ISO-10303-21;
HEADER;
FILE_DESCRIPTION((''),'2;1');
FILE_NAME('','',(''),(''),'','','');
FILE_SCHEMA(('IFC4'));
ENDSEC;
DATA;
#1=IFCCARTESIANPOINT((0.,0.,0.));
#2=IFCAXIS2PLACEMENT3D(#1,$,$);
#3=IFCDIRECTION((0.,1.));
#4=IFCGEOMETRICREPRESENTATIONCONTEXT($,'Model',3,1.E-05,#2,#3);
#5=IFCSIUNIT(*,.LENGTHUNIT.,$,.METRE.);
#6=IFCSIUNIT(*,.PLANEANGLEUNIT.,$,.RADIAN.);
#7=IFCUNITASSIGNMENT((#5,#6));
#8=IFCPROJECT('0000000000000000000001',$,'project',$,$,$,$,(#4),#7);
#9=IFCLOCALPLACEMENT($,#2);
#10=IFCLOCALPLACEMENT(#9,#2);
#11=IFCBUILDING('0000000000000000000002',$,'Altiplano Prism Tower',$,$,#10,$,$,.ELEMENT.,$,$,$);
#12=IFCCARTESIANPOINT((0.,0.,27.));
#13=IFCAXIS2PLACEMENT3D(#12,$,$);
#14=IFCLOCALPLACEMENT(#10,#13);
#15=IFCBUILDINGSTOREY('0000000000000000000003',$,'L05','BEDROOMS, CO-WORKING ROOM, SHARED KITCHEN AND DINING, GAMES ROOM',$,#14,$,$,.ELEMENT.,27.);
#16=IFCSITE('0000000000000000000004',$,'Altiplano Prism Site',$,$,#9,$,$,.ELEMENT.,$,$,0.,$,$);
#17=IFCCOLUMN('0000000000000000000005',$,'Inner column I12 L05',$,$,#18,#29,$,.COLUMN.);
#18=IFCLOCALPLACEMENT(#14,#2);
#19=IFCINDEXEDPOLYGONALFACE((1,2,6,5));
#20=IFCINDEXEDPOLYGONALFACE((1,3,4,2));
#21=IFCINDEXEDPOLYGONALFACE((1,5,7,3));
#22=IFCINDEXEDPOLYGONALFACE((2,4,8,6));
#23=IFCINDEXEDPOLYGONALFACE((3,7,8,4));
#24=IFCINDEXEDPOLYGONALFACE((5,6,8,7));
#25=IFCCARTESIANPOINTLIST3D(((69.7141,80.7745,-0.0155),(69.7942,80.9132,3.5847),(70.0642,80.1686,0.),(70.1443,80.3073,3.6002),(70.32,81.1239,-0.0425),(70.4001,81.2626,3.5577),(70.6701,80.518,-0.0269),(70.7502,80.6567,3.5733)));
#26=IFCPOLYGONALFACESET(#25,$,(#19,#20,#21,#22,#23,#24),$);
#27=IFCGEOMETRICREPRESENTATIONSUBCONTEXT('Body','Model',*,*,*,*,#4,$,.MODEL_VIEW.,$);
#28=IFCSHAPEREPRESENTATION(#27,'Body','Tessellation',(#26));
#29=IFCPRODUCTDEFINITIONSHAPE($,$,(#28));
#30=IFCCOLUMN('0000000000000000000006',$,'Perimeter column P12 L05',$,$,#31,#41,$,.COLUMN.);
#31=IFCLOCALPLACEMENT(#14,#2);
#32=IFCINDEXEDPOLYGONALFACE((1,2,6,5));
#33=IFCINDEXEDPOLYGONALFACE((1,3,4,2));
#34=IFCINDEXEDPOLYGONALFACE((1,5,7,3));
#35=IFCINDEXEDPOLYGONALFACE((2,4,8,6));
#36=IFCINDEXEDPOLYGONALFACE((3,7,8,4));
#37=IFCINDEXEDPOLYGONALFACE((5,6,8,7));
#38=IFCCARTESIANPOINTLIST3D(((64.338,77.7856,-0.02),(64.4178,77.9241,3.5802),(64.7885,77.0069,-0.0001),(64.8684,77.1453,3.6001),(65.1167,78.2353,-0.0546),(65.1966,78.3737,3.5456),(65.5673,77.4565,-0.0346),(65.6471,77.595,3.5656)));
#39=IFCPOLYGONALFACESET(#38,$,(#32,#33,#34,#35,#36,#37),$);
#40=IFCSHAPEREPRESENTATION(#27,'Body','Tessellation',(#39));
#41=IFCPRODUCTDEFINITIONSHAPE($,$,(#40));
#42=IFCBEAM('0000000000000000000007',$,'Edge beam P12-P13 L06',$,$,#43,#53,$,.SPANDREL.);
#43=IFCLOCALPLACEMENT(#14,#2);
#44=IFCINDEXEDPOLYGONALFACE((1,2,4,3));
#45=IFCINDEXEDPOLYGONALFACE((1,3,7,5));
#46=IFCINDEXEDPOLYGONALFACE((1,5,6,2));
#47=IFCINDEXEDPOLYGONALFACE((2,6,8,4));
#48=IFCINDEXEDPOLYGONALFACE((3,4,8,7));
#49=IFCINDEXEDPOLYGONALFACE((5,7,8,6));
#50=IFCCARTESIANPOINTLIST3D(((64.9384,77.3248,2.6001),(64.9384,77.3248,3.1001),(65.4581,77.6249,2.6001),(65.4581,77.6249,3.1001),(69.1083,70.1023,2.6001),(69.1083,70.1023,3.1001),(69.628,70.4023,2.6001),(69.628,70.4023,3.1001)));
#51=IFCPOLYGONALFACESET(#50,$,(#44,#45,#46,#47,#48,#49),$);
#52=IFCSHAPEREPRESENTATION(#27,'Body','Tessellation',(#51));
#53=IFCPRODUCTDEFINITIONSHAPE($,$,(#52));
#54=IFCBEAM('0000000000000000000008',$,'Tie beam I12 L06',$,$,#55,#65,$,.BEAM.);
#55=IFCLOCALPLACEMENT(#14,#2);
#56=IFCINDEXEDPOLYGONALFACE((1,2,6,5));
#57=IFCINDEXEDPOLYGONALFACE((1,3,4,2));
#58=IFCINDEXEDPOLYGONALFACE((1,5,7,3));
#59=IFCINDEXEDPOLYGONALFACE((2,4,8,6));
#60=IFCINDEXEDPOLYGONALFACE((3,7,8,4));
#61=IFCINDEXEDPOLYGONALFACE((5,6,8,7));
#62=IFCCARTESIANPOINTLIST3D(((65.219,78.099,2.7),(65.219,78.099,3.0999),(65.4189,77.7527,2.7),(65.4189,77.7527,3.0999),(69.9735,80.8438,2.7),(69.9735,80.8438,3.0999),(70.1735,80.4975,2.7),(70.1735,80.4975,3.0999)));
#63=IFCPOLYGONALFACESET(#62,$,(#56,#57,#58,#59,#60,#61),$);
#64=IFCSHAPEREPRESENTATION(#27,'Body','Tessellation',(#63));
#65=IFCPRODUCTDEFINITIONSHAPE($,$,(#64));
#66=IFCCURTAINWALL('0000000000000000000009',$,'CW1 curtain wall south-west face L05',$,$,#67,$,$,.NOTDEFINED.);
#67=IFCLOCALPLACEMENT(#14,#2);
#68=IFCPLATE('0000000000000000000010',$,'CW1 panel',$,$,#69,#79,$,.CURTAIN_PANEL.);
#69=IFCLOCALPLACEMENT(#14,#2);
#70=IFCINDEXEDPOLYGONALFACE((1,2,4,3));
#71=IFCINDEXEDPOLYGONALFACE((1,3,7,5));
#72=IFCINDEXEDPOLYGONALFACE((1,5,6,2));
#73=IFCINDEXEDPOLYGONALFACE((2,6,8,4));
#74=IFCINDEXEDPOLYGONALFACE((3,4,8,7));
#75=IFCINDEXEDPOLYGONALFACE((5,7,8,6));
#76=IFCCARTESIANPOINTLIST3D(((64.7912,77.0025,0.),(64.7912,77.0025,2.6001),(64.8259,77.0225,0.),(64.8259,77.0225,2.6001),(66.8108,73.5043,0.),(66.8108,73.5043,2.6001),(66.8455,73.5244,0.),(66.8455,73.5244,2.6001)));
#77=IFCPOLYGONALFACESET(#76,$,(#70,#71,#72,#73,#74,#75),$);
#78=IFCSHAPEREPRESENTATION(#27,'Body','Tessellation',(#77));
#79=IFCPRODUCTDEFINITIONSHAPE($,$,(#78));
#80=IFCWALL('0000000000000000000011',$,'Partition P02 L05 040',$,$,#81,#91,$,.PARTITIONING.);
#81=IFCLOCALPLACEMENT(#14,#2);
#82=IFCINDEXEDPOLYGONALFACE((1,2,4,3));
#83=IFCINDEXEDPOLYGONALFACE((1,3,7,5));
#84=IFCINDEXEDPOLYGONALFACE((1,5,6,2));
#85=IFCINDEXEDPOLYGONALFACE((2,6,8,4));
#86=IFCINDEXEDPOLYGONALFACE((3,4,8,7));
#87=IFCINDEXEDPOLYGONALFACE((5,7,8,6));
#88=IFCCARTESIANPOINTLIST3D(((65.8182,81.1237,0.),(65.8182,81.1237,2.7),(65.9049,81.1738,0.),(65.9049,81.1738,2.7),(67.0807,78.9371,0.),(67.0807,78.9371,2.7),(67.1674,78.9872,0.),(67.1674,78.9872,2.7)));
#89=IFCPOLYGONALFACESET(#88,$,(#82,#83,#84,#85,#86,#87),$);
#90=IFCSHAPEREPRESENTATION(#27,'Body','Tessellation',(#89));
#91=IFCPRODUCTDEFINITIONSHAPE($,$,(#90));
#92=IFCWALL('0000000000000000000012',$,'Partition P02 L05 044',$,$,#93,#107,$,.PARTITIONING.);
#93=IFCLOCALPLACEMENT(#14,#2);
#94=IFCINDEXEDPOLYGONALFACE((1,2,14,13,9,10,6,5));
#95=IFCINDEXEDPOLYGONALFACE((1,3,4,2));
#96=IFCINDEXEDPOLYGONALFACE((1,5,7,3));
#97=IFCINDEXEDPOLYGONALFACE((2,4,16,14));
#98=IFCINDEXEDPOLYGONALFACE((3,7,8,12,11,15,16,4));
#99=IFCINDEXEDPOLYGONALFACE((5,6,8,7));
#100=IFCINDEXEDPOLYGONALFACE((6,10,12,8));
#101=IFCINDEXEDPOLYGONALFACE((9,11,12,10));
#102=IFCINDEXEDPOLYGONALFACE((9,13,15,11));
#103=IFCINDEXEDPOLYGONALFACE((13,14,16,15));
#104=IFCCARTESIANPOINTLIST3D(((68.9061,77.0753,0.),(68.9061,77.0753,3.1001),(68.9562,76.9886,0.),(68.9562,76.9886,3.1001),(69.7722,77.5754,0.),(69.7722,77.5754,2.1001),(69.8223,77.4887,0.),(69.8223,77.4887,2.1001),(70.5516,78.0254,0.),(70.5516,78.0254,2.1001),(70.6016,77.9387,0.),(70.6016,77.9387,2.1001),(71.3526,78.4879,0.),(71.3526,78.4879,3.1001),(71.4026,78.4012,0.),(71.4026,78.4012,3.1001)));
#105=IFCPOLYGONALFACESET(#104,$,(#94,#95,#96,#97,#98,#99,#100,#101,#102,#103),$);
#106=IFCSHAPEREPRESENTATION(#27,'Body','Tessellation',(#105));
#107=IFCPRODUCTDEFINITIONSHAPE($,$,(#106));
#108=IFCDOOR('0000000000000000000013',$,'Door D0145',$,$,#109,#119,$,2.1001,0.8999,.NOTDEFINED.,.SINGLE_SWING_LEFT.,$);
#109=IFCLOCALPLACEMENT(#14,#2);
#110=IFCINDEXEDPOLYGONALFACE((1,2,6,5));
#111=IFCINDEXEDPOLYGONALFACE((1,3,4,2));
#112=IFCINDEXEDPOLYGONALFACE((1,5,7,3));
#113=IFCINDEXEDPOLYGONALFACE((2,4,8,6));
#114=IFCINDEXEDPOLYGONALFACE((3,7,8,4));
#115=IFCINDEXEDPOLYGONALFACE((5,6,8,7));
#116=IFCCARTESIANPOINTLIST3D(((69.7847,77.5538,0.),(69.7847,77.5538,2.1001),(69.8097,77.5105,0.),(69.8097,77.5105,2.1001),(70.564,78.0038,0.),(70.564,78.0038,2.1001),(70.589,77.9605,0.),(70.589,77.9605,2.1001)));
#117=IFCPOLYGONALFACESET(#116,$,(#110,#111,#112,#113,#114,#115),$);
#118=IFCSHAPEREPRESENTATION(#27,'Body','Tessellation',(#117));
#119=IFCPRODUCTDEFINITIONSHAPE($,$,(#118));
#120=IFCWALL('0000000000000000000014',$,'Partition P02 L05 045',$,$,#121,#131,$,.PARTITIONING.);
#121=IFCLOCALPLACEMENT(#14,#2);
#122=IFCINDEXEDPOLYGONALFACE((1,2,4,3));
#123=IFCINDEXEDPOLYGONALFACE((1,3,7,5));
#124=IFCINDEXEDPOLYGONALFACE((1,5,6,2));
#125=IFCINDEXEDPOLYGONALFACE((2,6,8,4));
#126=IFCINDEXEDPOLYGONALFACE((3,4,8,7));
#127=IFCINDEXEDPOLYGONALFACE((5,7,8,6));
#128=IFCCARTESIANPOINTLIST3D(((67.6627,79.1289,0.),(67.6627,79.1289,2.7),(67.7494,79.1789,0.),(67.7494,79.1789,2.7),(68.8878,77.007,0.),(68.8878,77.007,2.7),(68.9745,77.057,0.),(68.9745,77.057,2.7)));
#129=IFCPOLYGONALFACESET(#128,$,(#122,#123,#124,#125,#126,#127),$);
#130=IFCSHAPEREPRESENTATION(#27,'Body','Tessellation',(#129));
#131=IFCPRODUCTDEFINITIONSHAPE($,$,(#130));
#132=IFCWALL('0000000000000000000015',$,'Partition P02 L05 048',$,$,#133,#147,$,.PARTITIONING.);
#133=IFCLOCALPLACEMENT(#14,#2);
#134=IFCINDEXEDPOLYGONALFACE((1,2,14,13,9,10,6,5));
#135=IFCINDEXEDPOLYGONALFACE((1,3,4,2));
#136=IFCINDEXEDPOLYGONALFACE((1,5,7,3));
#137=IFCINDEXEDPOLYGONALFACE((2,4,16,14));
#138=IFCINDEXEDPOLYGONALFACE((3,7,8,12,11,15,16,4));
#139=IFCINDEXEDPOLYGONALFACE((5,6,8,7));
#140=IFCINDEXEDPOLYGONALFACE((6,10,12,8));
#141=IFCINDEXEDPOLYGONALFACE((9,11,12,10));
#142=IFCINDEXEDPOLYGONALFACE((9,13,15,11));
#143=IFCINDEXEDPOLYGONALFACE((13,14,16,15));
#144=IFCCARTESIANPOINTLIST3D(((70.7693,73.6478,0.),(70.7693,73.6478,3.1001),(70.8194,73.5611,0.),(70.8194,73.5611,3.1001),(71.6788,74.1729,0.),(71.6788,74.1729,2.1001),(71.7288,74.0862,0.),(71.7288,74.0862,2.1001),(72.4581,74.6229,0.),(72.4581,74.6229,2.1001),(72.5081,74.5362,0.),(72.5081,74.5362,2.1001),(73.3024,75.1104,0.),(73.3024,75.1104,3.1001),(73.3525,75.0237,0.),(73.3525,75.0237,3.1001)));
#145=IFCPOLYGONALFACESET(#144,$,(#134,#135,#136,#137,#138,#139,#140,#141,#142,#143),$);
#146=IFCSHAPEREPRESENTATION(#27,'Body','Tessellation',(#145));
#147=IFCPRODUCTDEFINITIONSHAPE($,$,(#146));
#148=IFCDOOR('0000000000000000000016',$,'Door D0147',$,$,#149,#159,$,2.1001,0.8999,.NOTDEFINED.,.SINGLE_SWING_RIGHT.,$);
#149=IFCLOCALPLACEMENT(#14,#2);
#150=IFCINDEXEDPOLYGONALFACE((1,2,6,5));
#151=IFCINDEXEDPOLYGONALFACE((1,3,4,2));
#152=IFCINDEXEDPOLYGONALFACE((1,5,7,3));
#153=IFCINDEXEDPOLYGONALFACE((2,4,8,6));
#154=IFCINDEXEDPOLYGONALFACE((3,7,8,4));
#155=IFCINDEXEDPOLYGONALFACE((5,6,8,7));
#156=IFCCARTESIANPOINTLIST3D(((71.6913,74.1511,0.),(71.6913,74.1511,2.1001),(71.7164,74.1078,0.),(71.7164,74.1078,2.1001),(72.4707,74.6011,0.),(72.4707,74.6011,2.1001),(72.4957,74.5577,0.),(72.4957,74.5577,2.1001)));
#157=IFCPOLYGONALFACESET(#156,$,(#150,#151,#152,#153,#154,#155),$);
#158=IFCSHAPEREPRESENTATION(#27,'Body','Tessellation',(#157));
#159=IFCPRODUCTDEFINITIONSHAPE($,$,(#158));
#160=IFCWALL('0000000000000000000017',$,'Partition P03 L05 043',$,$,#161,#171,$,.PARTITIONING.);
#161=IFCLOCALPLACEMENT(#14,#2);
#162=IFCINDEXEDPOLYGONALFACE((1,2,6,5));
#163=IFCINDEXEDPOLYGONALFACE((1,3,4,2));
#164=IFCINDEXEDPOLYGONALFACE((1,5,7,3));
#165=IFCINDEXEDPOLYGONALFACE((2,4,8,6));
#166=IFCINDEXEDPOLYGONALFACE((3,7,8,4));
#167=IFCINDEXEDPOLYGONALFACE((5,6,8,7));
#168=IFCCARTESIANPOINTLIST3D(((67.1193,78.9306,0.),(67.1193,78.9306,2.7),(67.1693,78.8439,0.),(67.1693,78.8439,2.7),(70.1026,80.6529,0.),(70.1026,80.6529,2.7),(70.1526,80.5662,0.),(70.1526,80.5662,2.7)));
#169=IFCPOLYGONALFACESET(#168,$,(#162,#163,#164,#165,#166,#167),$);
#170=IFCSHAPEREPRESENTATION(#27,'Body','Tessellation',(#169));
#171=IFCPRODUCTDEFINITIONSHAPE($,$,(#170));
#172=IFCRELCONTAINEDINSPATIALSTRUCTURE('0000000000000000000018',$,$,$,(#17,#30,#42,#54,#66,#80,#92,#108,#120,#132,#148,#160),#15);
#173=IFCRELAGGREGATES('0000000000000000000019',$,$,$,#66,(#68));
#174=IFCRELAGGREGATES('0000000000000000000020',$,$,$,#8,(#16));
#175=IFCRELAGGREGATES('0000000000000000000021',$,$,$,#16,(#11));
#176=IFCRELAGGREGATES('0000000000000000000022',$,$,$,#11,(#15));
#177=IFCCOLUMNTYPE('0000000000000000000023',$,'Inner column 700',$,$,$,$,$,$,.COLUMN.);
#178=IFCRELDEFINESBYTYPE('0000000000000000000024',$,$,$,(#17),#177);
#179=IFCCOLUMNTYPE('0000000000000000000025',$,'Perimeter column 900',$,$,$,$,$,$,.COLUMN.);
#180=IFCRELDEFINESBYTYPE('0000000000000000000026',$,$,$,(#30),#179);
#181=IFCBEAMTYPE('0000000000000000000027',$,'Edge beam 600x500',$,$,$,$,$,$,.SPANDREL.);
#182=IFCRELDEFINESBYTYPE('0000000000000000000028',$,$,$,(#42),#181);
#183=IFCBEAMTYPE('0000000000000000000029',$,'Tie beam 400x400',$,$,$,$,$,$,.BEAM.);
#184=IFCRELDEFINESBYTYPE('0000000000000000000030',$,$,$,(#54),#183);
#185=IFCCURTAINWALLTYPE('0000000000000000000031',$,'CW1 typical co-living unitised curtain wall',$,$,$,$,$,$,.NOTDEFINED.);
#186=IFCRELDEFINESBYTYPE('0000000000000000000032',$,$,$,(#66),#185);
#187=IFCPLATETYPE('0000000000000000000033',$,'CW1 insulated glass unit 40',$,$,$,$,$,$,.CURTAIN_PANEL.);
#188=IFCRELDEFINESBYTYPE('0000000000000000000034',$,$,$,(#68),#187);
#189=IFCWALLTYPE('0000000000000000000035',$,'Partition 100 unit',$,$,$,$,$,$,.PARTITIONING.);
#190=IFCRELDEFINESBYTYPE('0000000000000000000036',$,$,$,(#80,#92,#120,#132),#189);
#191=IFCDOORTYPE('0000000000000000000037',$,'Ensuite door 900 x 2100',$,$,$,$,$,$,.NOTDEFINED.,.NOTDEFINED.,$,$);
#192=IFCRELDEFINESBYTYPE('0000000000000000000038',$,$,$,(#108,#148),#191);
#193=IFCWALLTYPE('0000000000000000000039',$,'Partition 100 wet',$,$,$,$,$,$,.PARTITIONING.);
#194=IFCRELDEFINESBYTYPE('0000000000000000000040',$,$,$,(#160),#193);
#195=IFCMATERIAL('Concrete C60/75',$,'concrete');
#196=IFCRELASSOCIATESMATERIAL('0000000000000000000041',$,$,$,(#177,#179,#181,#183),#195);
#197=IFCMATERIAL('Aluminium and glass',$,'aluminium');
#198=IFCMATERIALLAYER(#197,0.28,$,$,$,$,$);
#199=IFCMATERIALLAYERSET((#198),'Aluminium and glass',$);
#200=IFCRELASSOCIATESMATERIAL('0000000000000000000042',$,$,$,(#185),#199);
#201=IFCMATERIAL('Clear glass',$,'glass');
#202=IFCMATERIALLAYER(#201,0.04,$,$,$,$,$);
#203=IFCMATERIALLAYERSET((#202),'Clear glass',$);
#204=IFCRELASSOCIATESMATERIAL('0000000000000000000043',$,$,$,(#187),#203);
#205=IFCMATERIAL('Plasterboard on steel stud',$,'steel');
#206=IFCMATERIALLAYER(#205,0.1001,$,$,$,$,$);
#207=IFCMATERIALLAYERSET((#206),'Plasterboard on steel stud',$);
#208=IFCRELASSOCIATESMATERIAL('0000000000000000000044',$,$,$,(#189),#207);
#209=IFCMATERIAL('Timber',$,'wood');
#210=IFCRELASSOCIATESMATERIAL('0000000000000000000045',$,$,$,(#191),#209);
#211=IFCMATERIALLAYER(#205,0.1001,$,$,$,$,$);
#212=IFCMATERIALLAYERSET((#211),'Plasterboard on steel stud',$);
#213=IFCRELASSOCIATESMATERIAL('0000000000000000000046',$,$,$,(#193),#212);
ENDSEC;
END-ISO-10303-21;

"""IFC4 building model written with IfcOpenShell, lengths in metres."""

from ifc_helpers import new_model, si_unit, direction, frame, frame_2d, origin, origin_2d, place, context, subcontext, project, spatial, rectangle, extrude, material, layer, layer_set, material_profile, profile_set, type_object, element, fill, aggregate, save


model = new_model("IFC4")

# Units and contexts
model_context = context("Model", 3, precision=1e-05, world=origin(), true_north=direction((0.0, 1.0)))
body_context = subcontext(model_context, "Body", "Model", "MODEL_VIEW")
ifc_project = project(units=[si_unit("LENGTHUNIT", "METRE"), si_unit("PLANEANGLEUNIT", "RADIAN")], contexts=[model_context])

# Site, building, storey
site_placement = place(None, origin())
site = spatial("IfcSite", under=ifc_project, at=site_placement, Name="Altiplano Prism Site", CompositionType="ELEMENT", RefElevation=0.0)
building_placement = place(site_placement, origin())
building = spatial("IfcBuilding", under=site, at=building_placement, Name="Altiplano Prism Tower", CompositionType="ELEMENT")
storey_placement = place(building_placement, frame((0.0, 0.0, 27.0)))
storey = spatial("IfcBuildingStorey", under=building, at=storey_placement, Name="L05", Description="BEDROOMS, CO-WORKING ROOM, SHARED KITCHEN AND DINING, GAMES ROOM", CompositionType="ELEMENT", Elevation=27.0)

# Columns
ifc_material_1 = material(Name="Concrete C60/75", Category="concrete")
ifc_material_profile_1 = material_profile(ifc_material_1, rectangle(XDim=0.7, YDim=0.7, at=origin_2d()), Name="Inner column 700")
ifc_profile_set_1 = profile_set([ifc_material_profile_1], Name="Concrete C60/75")
column_type_1 = type_object("IfcColumnType", Name="Inner column 700", PredefinedType="COLUMN", material=ifc_profile_set_1)
column_1_placement = place(storey_placement, frame((70.1921, 80.6462, -0.0212), z_axis=(0.022221, 0.038481, 0.999012), x_axis=(-0.865642, -0.499182, 0.038483)))
element("IfcColumn", 1, at=column_1_placement, inside=storey, type_object=column_type_1, Name="Inner column I12 L05", PredefinedType="COLUMN", context=body_context, shape_type="SweptSolid", body=[
    extrude(rectangle(XDim=0.7, YDim=0.7, at=origin_2d()), origin(), (0.0, 0.0, 1.0), 3.6038),
])
ifc_material_profile_2 = material_profile(ifc_material_1, rectangle(XDim=0.8999, YDim=0.8999, at=origin_2d()), Name="Perimeter column 900")
ifc_profile_set_2 = profile_set([ifc_material_profile_2], Name="Concrete C60/75")
column_type_2 = type_object("IfcColumnType", Name="Perimeter column 900", PredefinedType="COLUMN", material=ifc_profile_set_2)
column_2_placement = place(storey_placement, frame((64.9526, 77.6211, -0.0273), z_axis=(0.022154, 0.038413, 0.999016), x_axis=(-0.865365, -0.499669, 0.038403)))
element("IfcColumn", 2, at=column_2_placement, inside=storey, type_object=column_type_2, Name="Perimeter column P12 L05", PredefinedType="COLUMN", context=body_context, shape_type="SweptSolid", body=[
    extrude(rectangle(XDim=0.8999, YDim=0.8999, at=origin_2d()), origin(), (0.0, 0.0, 1.0), 3.6038),
])

# Beams
ifc_material_profile_3 = material_profile(ifc_material_1, rectangle(XDim=0.6001, YDim=0.5, at=origin_2d()), Name="Edge beam 600x500")
ifc_profile_set_3 = profile_set([ifc_material_profile_3], Name="Concrete C60/75")
beam_type_1 = type_object("IfcBeamType", Name="Edge beam 600x500", PredefinedType="SPANDREL", material=ifc_profile_set_3)
beam_1_placement = place(storey_placement, frame((65.1982, 77.4749, 2.8501), z_axis=(0.499993, -0.86603, 0.0), x_axis=(0.86603, 0.499993, 0.0)))
element("IfcBeam", 3, at=beam_1_placement, inside=storey, type_object=beam_type_1, Name="Edge beam P12-P13 L06", PredefinedType="SPANDREL", context=body_context, shape_type="SweptSolid", body=[
    extrude(rectangle(XDim=0.6001, YDim=0.5, at=origin_2d()), origin(), (0.0, 0.0, 1.0), 8.3398),
])
ifc_material_profile_4 = material_profile(ifc_material_1, rectangle(XDim=0.3999, YDim=0.3999, at=origin_2d()), Name="Tie beam 400x400")
ifc_profile_set_4 = profile_set([ifc_material_profile_4], Name="Concrete C60/75")
beam_type_2 = type_object("IfcBeamType", Name="Tie beam 400x400", PredefinedType="BEAM", material=ifc_profile_set_4)
beam_2_placement = place(storey_placement, frame((70.0735, 80.6707, 2.8999), z_axis=(-0.866043, -0.49997, 0.0), x_axis=(0.49997, -0.866043, 0.0)))
element("IfcBeam", 4, at=beam_2_placement, inside=storey, type_object=beam_type_2, Name="Tie beam I12 L06", PredefinedType="BEAM", context=body_context, shape_type="SweptSolid", body=[
    extrude(rectangle(XDim=0.3999, YDim=0.3999, at=origin_2d()), origin(), (0.0, 0.0, 1.0), 5.49),
])

# Curtain wall, plate
ifc_material_2 = material(Name="Aluminium and glass", Category="aluminium")
ifc_layer_1 = layer(ifc_material_2, 0.28)
ifc_layer_set_1 = layer_set([ifc_layer_1], Name="Aluminium and glass")
curtain_wall_type = type_object("IfcCurtainWallType", Name="CW1 typical co-living unitised curtain wall", PredefinedType="NOTDEFINED", material=ifc_layer_set_1)
curtain_wall_placement = place(storey_placement, origin())
curtain_wall = element("IfcCurtainWall", 5, at=curtain_wall_placement, inside=storey, type_object=curtain_wall_type, Name="CW1 curtain wall south-west face L05", PredefinedType="NOTDEFINED")
ifc_material_3 = material(Name="Clear glass", Category="glass")
ifc_layer_2 = layer(ifc_material_3, 0.04)
ifc_layer_set_2 = layer_set([ifc_layer_2], Name="Clear glass")
plate_type = type_object("IfcPlateType", Name="CW1 insulated glass unit 40", PredefinedType="CURTAIN_PANEL", material=ifc_layer_set_2)
plate_placement = place(storey_placement, frame((65.8184, 75.2634, 0.0), z_axis=(0.0, 0.0, 1.0), x_axis=(0.5, -0.866025, 0.0)))
plate = element("IfcPlate", 6, at=plate_placement, type_object=plate_type, Name="CW1 panel", PredefinedType="CURTAIN_PANEL", context=body_context, shape_type="SweptSolid", body=[
    extrude(rectangle(XDim=4.0393, YDim=0.04, at=origin_2d()), origin(), (0.0, 0.0, 1.0), 2.6001),
])
aggregate(curtain_wall, [plate])

# Wall
ifc_material_4 = material(Name="Plasterboard on steel stud", Category="steel")
ifc_layer_3 = layer(ifc_material_4, 0.1001)
ifc_layer_set_3 = layer_set([ifc_layer_3], Name="Plasterboard on steel stud")
wall_type_1 = type_object("IfcWallType", Name="Partition 100 unit", PredefinedType="PARTITIONING", material=ifc_layer_set_3)
wall_1_placement = place(storey_placement, frame((67.124, 78.9622, 0.0), z_axis=(0.0, 0.0, 1.0), x_axis=(-0.500018, 0.866015, 0.0)))
element("IfcWall", 7, at=wall_1_placement, inside=storey, type_object=wall_type_1, Name="Partition P02 L05 040", PredefinedType="PARTITIONING", context=body_context, shape_type="SweptSolid", body=[
    extrude(rectangle(XDim=2.5249, YDim=0.1001, at=frame_2d((1.2625, 0.0))), origin(), (0.0, 0.0, 1.0), 2.7),
])

# Wall, opening, door
wall_2_placement = place(storey_placement, frame((71.3777, 78.4446, 0.0), z_axis=(0.0, 0.0, 1.0), x_axis=(-0.866011, -0.500024, 0.0)))
wall_2 = element("IfcWall", 8, at=wall_2_placement, inside=storey, type_object=wall_type_1, Name="Partition P02 L05 044", PredefinedType="PARTITIONING", context=body_context, shape_type="SweptSolid", body=[
    extrude(rectangle(XDim=2.825, YDim=0.1001, at=frame_2d((1.4126, 0.0))), origin(), (0.0, 0.0, 1.0), 3.1001),
])
opening_1_placement = place(wall_2_placement, frame((0.925, 0.0, 0.0)))
opening_1 = element("IfcOpeningElement", 9, at=opening_1_placement, cuts=wall_2, PredefinedType="OPENING", context=body_context, shape_type="SweptSolid", body=[
    extrude(rectangle(XDim=0.8999, YDim=2.1001, at=frame_2d((0.45, 1.05))), frame((0.0, 0.0605, 0.0), z_axis=(0.0, -1.0, 0.0), x_axis=(1.0, 0.0, 0.0)), (0.0, 0.0, 1.0), 0.1211),
])
ifc_material_5 = material(Name="Timber", Category="wood")
door_type = type_object("IfcDoorType", Name="Ensuite door 900 x 2100", OperationType="NOTDEFINED", PredefinedType="NOTDEFINED", material=ifc_material_5)
door_1_placement = place(opening_1_placement, origin())
door_1 = element("IfcDoor", 10, at=door_1_placement, inside=storey, type_object=door_type, Name="Door D0145", OperationType="SINGLE_SWING_LEFT", OverallHeight=2.1001, OverallWidth=0.8999, PredefinedType="NOTDEFINED", context=body_context, shape_type="SweptSolid", body=[
    extrude(rectangle(XDim=0.8999, YDim=2.1001, at=frame_2d((0.45, 1.05))), frame((0.0, 0.0249, 0.0), z_axis=(0.0, -1.0, 0.0), x_axis=(1.0, 0.0, 0.0)), (0.0, 0.0, 1.0), 0.05),
])
fill(opening_1, door_1)

# Wall
wall_3_placement = place(storey_placement, frame((68.9312, 77.032, 0.0), z_axis=(0.0, 0.0, 1.0), x_axis=(-0.500019, 0.866015, 0.0)))
element("IfcWall", 11, at=wall_3_placement, inside=storey, type_object=wall_type_1, Name="Partition P02 L05 045", PredefinedType="PARTITIONING", context=body_context, shape_type="SweptSolid", body=[
    extrude(rectangle(XDim=2.4502, YDim=0.1001, at=frame_2d((1.2251, 0.0))), origin(), (0.0, 0.0, 1.0), 2.7),
])

# Wall, opening, door
wall_4_placement = place(storey_placement, frame((70.7944, 73.6045, 0.0), z_axis=(0.0, 0.0, 1.0), x_axis=(0.86601, 0.500026, 0.0)))
wall_4 = element("IfcWall", 12, at=wall_4_placement, inside=storey, type_object=wall_type_1, Name="Partition P02 L05 048", PredefinedType="PARTITIONING", context=body_context, shape_type="SweptSolid", body=[
    extrude(rectangle(XDim=2.925, YDim=0.1001, at=frame_2d((1.4624, 0.0))), origin(), (0.0, 0.0, 1.0), 3.1001),
])
opening_2_placement = place(wall_4_placement, frame((1.05, 0.0, 0.0)))
opening_2 = element("IfcOpeningElement", 13, at=opening_2_placement, cuts=wall_4, PredefinedType="OPENING", context=body_context, shape_type="SweptSolid", body=[
    extrude(rectangle(XDim=0.8999, YDim=2.1001, at=frame_2d((0.45, 1.05))), frame((0.0, 0.0605, 0.0), z_axis=(0.0, -1.0, 0.0), x_axis=(1.0, 0.0, 0.0)), (0.0, 0.0, 1.0), 0.1211),
])
door_2_placement = place(opening_2_placement, origin())
door_2 = element("IfcDoor", 14, at=door_2_placement, inside=storey, type_object=door_type, Name="Door D0147", OperationType="SINGLE_SWING_RIGHT", OverallHeight=2.1001, OverallWidth=0.8999, PredefinedType="NOTDEFINED", context=body_context, shape_type="SweptSolid", body=[
    extrude(rectangle(XDim=0.8999, YDim=2.1001, at=frame_2d((0.45, 1.05))), frame((0.0, 0.0249, 0.0), z_axis=(0.0, -1.0, 0.0), x_axis=(1.0, 0.0, 0.0)), (0.0, 0.0, 1.0), 0.05),
])
fill(opening_2, door_2)

# Wall
ifc_layer_4 = layer(ifc_material_4, 0.1001)
ifc_layer_set_4 = layer_set([ifc_layer_4], Name="Plasterboard on steel stud")
wall_type_2 = type_object("IfcWallType", Name="Partition 100 wet", PredefinedType="PARTITIONING", material=ifc_layer_set_4)
wall_5_placement = place(storey_placement, frame((67.1443, 78.8872, 0.0), z_axis=(0.0, 0.0, 1.0), x_axis=(0.866032, 0.499988, 0.0)))
element("IfcWall", 15, at=wall_5_placement, inside=storey, type_object=wall_type_2, Name="Partition P03 L05 043", PredefinedType="PARTITIONING", context=body_context, shape_type="SweptSolid", body=[
    extrude(rectangle(XDim=3.4448, YDim=0.1001, at=frame_2d((1.7224, 0.0))), origin(), (0.0, 0.0, 1.0), 2.7),
])

save(model, "model.ifc")
